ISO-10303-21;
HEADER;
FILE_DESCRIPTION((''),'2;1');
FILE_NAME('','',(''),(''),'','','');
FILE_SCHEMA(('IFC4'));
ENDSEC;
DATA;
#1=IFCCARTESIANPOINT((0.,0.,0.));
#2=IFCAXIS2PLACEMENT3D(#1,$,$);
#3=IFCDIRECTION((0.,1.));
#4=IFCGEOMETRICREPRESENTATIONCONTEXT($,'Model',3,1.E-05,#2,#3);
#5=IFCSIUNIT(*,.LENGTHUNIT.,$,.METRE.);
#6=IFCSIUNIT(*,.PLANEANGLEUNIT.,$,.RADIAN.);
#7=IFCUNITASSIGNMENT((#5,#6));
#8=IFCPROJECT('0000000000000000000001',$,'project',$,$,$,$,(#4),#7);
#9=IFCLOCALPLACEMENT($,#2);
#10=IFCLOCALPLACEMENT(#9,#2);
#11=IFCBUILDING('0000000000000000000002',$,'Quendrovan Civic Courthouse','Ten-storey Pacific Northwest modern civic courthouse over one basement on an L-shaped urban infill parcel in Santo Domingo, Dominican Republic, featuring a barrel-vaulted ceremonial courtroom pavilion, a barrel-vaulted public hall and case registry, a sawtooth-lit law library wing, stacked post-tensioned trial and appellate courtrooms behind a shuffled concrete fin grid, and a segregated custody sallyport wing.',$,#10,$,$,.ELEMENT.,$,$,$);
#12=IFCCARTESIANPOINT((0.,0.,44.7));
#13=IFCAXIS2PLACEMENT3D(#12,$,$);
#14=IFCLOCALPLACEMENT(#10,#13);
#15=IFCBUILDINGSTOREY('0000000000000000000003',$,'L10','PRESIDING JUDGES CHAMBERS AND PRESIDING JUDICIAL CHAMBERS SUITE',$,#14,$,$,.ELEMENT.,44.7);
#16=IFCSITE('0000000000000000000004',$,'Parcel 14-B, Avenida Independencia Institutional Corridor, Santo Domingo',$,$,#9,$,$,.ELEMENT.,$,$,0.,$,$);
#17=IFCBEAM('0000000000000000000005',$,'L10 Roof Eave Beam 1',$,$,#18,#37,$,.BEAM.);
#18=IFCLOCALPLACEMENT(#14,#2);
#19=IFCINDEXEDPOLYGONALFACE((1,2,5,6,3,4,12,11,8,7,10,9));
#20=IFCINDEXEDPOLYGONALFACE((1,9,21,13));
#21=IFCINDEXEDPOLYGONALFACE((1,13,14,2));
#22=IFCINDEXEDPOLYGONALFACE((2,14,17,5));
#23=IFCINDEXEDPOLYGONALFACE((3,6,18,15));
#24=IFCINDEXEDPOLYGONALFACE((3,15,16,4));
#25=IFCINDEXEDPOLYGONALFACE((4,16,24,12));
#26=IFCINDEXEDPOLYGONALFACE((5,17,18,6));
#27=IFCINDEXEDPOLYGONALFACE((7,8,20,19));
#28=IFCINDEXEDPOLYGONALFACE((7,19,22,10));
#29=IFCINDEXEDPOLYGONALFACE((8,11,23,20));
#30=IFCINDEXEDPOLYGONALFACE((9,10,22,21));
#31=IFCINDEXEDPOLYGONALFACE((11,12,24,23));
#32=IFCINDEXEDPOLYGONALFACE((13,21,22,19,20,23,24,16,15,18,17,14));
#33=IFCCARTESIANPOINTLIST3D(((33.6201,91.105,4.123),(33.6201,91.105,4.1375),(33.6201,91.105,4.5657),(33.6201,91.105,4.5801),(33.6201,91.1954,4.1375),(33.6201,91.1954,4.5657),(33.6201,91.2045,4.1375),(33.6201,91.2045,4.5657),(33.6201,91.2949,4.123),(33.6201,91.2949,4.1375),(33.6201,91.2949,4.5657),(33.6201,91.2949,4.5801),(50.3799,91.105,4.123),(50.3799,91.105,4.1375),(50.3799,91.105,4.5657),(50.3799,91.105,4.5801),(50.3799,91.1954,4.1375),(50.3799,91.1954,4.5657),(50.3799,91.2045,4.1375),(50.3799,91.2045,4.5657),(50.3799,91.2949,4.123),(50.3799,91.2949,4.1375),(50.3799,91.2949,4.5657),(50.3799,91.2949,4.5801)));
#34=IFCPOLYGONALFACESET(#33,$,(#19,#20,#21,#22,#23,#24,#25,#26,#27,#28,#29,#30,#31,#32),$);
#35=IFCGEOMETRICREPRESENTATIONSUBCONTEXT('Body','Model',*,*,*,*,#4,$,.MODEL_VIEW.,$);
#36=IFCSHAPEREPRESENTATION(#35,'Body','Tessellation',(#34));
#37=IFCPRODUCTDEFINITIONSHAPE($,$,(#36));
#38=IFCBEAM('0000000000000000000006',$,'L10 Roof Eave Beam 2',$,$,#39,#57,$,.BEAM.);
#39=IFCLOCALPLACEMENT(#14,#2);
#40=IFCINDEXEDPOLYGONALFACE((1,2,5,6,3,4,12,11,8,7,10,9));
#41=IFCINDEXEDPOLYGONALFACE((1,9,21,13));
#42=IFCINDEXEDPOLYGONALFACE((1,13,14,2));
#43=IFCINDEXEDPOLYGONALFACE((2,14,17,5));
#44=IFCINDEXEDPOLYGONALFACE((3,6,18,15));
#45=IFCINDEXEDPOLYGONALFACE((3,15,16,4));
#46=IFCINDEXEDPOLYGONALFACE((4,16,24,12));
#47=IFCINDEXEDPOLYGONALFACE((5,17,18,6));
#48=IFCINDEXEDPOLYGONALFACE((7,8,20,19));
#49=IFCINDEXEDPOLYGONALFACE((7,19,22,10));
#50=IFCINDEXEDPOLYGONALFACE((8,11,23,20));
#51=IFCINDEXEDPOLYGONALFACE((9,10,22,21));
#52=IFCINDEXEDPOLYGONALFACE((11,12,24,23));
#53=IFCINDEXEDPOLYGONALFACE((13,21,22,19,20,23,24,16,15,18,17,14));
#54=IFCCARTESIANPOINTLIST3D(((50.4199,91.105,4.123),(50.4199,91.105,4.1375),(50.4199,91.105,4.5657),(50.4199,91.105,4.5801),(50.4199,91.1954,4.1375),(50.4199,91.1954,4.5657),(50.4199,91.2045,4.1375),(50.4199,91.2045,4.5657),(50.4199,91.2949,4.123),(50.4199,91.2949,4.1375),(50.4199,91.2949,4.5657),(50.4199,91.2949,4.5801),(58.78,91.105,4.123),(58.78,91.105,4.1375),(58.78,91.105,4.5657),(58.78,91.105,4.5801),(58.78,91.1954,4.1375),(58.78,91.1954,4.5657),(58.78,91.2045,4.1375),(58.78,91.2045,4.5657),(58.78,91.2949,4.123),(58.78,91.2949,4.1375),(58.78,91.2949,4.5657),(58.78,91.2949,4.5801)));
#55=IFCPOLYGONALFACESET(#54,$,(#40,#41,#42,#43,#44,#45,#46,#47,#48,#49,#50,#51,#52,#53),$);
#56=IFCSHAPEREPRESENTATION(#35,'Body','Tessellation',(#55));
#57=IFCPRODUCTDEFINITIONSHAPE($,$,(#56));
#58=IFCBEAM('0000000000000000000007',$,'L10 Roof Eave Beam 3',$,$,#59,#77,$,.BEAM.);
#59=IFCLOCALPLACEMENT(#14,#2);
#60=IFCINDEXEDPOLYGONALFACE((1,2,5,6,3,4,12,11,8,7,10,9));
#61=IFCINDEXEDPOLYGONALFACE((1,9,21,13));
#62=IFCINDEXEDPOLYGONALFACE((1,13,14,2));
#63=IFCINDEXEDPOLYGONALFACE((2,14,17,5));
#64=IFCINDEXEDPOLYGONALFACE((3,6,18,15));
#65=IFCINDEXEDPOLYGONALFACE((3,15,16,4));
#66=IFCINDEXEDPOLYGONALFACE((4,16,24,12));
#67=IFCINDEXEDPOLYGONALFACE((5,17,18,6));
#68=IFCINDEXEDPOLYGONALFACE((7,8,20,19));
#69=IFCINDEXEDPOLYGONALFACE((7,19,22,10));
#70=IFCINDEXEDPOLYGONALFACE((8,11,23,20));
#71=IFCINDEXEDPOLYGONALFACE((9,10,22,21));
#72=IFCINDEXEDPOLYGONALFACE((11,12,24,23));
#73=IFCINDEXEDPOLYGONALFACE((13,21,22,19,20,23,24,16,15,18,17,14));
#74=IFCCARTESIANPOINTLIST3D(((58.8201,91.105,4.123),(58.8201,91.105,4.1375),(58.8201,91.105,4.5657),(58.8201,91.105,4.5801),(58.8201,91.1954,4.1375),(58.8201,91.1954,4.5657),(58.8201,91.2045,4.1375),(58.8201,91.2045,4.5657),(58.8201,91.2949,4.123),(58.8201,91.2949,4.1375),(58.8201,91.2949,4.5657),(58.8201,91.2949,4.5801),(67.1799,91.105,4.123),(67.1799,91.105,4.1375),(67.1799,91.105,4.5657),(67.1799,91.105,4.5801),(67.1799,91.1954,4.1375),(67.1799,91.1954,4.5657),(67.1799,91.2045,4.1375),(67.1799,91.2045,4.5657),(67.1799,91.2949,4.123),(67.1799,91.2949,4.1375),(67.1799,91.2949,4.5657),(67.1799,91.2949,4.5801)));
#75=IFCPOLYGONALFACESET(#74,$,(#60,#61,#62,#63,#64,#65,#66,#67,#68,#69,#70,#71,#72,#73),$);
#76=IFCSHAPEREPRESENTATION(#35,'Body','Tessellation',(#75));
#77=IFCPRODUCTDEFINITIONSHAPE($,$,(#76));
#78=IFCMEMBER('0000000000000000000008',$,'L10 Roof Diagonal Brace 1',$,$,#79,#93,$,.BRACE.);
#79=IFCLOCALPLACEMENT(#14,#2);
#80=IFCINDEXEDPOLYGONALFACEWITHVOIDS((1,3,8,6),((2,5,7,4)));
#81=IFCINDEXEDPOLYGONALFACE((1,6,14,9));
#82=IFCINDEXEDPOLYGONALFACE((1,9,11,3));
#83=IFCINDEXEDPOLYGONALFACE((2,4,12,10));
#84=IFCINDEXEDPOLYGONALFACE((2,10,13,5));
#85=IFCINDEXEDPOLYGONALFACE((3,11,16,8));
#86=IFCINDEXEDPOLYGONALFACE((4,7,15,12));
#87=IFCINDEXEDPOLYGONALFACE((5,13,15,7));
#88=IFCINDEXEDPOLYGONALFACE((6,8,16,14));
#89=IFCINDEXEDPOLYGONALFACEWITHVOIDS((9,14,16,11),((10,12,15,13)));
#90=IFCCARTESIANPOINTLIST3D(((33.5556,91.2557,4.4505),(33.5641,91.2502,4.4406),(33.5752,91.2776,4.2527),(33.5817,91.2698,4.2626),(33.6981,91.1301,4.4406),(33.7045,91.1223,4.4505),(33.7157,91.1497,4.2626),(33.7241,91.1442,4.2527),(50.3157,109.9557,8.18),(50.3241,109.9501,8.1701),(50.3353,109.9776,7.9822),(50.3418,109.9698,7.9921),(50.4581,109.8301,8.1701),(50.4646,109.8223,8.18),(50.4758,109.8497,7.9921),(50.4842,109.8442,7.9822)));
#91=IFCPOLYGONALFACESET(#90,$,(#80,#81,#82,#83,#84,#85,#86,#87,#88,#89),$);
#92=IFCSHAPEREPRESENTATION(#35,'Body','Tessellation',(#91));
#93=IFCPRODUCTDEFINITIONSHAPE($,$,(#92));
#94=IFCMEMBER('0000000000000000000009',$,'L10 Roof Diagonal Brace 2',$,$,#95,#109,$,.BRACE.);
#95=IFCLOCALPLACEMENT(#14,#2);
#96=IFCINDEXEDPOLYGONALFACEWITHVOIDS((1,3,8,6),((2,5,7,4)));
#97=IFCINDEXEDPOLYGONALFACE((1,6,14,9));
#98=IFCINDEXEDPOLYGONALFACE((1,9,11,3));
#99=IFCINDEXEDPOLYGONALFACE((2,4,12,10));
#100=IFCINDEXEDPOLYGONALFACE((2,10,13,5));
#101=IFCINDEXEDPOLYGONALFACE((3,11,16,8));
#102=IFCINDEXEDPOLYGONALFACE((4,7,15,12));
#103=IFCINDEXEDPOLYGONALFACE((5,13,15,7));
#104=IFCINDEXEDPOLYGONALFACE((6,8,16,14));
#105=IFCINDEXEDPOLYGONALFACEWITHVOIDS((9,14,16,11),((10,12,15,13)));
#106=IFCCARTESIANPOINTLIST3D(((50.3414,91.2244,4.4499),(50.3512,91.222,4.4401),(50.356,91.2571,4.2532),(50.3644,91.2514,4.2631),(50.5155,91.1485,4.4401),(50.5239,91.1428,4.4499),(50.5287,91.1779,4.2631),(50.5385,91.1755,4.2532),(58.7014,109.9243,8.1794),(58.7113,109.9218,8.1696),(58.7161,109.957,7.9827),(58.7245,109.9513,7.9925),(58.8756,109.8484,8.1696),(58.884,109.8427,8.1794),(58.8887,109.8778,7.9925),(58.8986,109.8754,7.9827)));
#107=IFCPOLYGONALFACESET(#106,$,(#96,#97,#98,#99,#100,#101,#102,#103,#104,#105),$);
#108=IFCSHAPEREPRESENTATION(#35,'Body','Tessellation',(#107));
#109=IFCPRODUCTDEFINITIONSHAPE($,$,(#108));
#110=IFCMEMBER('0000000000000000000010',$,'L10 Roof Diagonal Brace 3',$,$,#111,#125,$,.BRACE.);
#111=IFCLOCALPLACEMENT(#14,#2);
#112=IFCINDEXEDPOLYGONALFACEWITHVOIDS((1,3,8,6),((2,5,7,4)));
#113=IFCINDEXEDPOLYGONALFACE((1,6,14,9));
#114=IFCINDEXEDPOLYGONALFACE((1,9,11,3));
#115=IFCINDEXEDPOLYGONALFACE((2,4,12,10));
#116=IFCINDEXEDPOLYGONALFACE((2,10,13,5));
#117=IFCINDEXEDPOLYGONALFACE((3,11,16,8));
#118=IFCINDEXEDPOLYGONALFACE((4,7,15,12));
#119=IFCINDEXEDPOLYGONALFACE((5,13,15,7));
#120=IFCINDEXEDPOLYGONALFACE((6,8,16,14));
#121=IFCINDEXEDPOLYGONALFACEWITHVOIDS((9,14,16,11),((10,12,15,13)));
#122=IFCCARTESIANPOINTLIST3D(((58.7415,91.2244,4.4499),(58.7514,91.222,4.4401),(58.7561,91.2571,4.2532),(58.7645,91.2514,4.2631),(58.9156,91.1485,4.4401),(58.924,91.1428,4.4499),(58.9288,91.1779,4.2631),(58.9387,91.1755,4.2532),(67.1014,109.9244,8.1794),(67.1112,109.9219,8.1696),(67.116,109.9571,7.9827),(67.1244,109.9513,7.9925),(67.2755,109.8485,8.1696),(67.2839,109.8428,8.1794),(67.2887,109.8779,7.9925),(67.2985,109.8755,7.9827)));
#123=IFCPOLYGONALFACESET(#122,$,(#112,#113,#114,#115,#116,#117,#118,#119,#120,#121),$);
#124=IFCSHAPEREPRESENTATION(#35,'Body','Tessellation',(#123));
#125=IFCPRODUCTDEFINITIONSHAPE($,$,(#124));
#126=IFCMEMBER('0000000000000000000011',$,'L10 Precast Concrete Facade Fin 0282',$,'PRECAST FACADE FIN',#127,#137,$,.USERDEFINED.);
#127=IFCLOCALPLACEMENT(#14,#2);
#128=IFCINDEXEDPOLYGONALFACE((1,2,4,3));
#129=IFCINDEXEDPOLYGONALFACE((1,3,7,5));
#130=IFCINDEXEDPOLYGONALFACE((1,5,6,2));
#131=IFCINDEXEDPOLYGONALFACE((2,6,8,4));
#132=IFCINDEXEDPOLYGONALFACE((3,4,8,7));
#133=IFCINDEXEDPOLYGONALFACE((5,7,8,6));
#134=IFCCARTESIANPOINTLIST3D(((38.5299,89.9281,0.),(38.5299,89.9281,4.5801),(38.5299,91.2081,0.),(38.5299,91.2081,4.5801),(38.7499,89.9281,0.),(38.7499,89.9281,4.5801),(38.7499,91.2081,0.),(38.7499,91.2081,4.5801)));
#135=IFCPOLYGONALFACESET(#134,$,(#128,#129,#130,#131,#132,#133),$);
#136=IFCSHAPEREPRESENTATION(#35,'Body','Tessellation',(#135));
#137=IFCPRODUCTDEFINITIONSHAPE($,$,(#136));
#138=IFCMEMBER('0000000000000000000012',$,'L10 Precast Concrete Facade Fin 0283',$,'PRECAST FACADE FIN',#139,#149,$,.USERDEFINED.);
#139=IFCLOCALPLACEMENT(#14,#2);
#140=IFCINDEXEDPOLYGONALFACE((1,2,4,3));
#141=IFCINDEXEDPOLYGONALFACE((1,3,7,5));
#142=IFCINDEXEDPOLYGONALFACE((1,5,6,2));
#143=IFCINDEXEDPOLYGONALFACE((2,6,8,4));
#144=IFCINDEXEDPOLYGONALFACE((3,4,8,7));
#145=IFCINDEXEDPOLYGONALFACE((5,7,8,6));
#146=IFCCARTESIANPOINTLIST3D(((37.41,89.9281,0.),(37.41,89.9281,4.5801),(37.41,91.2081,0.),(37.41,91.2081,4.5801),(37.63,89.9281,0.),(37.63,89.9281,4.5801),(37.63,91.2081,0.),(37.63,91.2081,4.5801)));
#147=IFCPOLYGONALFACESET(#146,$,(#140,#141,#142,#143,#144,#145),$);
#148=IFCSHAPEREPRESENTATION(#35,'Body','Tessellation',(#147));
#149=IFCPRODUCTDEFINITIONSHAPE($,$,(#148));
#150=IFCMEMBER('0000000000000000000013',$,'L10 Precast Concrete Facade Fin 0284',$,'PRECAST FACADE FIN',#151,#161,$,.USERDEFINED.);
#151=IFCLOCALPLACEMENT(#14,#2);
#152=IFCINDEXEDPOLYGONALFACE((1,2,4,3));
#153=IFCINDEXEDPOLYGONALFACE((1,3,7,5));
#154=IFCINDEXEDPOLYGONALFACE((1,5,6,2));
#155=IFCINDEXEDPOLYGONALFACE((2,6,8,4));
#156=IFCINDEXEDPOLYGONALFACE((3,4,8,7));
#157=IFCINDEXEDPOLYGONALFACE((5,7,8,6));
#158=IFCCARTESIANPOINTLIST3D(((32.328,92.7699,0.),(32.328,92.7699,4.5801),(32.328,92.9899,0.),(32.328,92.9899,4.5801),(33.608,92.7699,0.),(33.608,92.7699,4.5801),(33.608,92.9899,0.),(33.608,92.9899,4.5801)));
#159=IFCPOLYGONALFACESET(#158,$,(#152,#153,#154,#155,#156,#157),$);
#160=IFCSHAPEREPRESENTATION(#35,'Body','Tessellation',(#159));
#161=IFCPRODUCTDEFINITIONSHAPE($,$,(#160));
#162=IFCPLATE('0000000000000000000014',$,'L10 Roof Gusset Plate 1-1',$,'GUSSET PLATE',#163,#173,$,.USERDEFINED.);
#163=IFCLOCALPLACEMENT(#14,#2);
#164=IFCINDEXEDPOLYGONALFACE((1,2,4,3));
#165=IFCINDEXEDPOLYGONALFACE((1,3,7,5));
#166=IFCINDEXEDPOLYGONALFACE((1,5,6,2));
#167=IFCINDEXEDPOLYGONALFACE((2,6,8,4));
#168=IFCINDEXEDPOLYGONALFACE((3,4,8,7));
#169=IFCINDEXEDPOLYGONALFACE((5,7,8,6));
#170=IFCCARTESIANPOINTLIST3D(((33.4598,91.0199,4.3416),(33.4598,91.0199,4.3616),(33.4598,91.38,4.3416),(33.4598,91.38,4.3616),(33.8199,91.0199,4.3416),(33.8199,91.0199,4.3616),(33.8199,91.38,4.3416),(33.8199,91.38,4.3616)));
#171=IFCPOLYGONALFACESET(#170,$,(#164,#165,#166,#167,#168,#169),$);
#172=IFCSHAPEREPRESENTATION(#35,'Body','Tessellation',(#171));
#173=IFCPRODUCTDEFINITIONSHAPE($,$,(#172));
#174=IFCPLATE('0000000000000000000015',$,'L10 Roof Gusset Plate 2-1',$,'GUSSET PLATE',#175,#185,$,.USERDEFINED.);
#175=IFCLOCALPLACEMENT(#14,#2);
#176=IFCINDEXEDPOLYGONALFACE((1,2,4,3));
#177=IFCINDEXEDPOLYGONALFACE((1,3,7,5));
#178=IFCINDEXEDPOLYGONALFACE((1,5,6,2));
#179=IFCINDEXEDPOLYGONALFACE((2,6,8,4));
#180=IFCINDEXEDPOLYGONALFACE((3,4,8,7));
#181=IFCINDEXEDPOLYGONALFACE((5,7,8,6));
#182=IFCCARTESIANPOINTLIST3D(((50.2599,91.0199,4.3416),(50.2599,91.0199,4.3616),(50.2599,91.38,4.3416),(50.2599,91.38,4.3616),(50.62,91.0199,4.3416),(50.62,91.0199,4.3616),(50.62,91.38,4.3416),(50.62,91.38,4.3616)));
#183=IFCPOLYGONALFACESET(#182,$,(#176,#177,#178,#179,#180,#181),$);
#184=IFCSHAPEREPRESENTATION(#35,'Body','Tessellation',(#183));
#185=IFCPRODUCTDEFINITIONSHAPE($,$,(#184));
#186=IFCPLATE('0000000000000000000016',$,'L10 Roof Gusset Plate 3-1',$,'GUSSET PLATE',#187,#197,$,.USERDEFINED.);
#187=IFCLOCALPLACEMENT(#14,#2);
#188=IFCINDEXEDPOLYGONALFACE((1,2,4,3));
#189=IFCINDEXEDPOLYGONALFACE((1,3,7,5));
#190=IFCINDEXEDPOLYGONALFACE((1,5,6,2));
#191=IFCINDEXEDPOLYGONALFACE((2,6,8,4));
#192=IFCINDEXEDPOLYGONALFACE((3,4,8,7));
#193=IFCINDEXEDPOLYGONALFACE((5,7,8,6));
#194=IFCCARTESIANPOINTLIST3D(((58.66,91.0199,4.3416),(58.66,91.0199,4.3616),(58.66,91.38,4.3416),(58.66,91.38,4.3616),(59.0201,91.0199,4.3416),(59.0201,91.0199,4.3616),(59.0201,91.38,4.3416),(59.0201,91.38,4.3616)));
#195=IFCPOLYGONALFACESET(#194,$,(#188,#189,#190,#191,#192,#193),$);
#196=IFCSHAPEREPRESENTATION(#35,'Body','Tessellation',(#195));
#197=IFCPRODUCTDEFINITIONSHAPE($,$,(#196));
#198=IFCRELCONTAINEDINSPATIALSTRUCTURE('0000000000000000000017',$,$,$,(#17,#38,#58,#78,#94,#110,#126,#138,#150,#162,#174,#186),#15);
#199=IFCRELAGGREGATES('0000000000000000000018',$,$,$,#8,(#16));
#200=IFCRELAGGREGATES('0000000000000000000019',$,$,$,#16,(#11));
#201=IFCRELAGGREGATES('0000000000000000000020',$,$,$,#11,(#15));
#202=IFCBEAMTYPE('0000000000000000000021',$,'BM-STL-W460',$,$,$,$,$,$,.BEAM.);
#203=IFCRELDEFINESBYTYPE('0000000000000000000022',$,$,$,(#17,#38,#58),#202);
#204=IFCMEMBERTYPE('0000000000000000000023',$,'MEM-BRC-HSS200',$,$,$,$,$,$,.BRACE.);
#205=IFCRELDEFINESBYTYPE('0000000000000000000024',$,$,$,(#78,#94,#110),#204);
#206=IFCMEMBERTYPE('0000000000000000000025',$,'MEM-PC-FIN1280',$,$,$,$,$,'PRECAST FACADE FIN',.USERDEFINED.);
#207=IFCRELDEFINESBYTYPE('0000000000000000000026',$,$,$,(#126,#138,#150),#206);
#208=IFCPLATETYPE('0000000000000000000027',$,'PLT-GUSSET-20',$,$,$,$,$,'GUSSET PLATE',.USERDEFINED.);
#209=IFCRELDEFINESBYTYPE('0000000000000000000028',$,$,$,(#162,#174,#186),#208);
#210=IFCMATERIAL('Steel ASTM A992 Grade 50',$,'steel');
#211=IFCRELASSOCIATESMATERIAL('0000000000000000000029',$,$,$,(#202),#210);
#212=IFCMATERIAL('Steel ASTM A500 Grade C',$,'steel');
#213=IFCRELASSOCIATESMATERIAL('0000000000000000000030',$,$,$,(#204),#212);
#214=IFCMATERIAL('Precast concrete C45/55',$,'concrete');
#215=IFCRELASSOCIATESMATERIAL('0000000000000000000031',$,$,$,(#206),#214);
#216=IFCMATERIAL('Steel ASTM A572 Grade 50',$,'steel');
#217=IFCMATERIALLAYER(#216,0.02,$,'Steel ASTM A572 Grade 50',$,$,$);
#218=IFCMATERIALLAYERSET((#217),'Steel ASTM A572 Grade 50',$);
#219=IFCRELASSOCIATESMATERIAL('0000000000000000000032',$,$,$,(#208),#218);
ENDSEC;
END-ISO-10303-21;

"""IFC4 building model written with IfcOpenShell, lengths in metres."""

from ifc_helpers import new_model, si_unit, direction, frame, origin, origin_2d, place, context, subcontext, project, spatial, rectangle, hollow_rectangle, i_section, extrude, material, layer, layer_set, material_profile, profile_set, type_object, element, save


model = new_model("IFC4")

# Units and contexts
model_context = context("Model", 3, precision=1e-05, world=origin(), true_north=direction((0.0, 1.0)))
body_context = subcontext(model_context, "Body", "Model", "MODEL_VIEW")
ifc_project = project(units=[si_unit("LENGTHUNIT", "METRE"), si_unit("PLANEANGLEUNIT", "RADIAN")], contexts=[model_context])

# Site, building, storey
site_placement = place(None, origin())
site = spatial("IfcSite", under=ifc_project, at=site_placement, Name="Parcel 14-B, Avenida Independencia Institutional Corridor, Santo Domingo", CompositionType="ELEMENT", RefElevation=0.0)
building_placement = place(site_placement, origin())
building = spatial("IfcBuilding", under=site, at=building_placement, Name="Quendrovan Civic Courthouse", Description="Ten-storey Pacific Northwest modern civic courthouse over one basement on an L-shaped urban infill parcel in Santo Domingo, Dominican Republic, featuring a barrel-vaulted ceremonial courtroom pavilion, a barrel-vaulted public hall and case registry, a sawtooth-lit law library wing, stacked post-tensioned trial and appellate courtrooms behind a shuffled concrete fin grid, and a segregated custody sallyport wing.", CompositionType="ELEMENT")
storey_placement = place(building_placement, frame((0.0, 0.0, 44.7)))
storey = spatial("IfcBuildingStorey", under=building, at=storey_placement, Name="L10", Description="PRESIDING JUDGES CHAMBERS AND PRESIDING JUDICIAL CHAMBERS SUITE", CompositionType="ELEMENT", Elevation=44.7)

# Beams
ifc_material_1 = material(Name="Steel ASTM A992 Grade 50", Category="steel")
ifc_material_profile_1 = material_profile(ifc_material_1, i_section(OverallWidth=0.1899, OverallDepth=0.457, WebThickness=0.009, FlangeThickness=0.0144, at=origin_2d()), Name="W460x74")
ifc_profile_set_1 = profile_set([ifc_material_profile_1], Name="Steel ASTM A992 Grade 50")
beam_type = type_object("IfcBeamType", Name="BM-STL-W460", PredefinedType="BEAM", material=ifc_profile_set_1)
beam_1_placement = place(storey_placement, frame((33.6201, 91.2, 4.3516), z_axis=(1.0, 0.0, 0.0), x_axis=(0.0, 1.0, 0.0)))
element("IfcBeam", 1, at=beam_1_placement, inside=storey, type_object=beam_type, Name="L10 Roof Eave Beam 1", PredefinedType="BEAM", context=body_context, shape_type="SweptSolid", body=[
    extrude(i_section(OverallWidth=0.1899, OverallDepth=0.457, WebThickness=0.009, FlangeThickness=0.0144, at=origin_2d()), origin(), (0.0, 0.0, 1.0), 16.7598),
])
beam_2_placement = place(storey_placement, frame((50.4199, 91.2, 4.3516), z_axis=(1.0, 0.0, 0.0), x_axis=(0.0, 1.0, 0.0)))
element("IfcBeam", 2, at=beam_2_placement, inside=storey, type_object=beam_type, Name="L10 Roof Eave Beam 2", PredefinedType="BEAM", context=body_context, shape_type="SweptSolid", body=[
    extrude(i_section(OverallWidth=0.1899, OverallDepth=0.457, WebThickness=0.009, FlangeThickness=0.0144, at=origin_2d()), origin(), (0.0, 0.0, 1.0), 8.3601),
])
beam_3_placement = place(storey_placement, frame((58.8201, 91.2, 4.3516), z_axis=(1.0, 0.0, 0.0), x_axis=(0.0, 1.0, 0.0)))
element("IfcBeam", 3, at=beam_3_placement, inside=storey, type_object=beam_type, Name="L10 Roof Eave Beam 3", PredefinedType="BEAM", context=body_context, shape_type="SweptSolid", body=[
    extrude(i_section(OverallWidth=0.1899, OverallDepth=0.457, WebThickness=0.009, FlangeThickness=0.0144, at=origin_2d()), origin(), (0.0, 0.0, 1.0), 8.3599),
])

# Members
ifc_material_2 = material(Name="Steel ASTM A500 Grade C", Category="steel")
ifc_material_profile_2 = material_profile(ifc_material_2, hollow_rectangle(XDim=0.2, YDim=0.2, WallThickness=0.01, at=origin_2d()), Name="HSS200x200x10")
ifc_profile_set_2 = profile_set([ifc_material_profile_2], Name="Steel ASTM A500 Grade C")
member_type_1 = type_object("IfcMemberType", Name="MEM-BRC-HSS200", PredefinedType="BRACE", material=ifc_profile_set_2)
member_placement = place(storey_placement, frame((33.6399, 91.2, 4.3516), z_axis=(0.660183, 0.736598, 0.146906), x_axis=(-0.744678, 0.667424, 0.0)))
element("IfcMember", 4, at=member_placement, inside=storey, type_object=member_type_1, Name="L10 Roof Diagonal Brace 1", PredefinedType="BRACE", context=body_context, shape_type="SweptSolid", body=[
    extrude(hollow_rectangle(XDim=0.2, YDim=0.2, WallThickness=0.01, at=origin_2d()), origin(), (0.0, 0.0, 1.0), 25.387),
])
for number, where, z_axis, x_axis, name in (
    (5, (50.4399, 91.2, 4.3516), (0.401535, 0.898156, 0.179127), (-0.912921, 0.408136, 0.0), "L10 Roof Diagonal Brace 2"),
    (6, (58.8401, 91.2, 4.3516), (0.401525, 0.89816, 0.179128), (-0.912926, 0.408126, 0.0), "L10 Roof Diagonal Brace 3"),
):
    element("IfcMember", number, at=place(storey_placement, frame(where, z_axis=z_axis, x_axis=x_axis)), inside=storey, type_object=member_type_1, Name=name, PredefinedType="BRACE", context=body_context, shape_type="SweptSolid", body=[
        extrude(hollow_rectangle(XDim=0.2, YDim=0.2, WallThickness=0.01, at=origin_2d()), origin(), (0.0, 0.0, 1.0), 20.8203),
    ])
ifc_material_3 = material(Name="Precast concrete C45/55", Category="concrete")
ifc_material_profile_3 = material_profile(ifc_material_3, rectangle(XDim=0.22, YDim=1.28, at=origin_2d()), Name="PC-FIN-220x1280")
ifc_profile_set_3 = profile_set([ifc_material_profile_3], Name="Precast concrete C45/55")
member_type_2 = type_object("IfcMemberType", Name="MEM-PC-FIN1280", ElementType="PRECAST FACADE FIN", PredefinedType="USERDEFINED", material=ifc_profile_set_3)
for number, where, z_axis, x_axis, name in (
    (7, (38.6399, 90.5681, 0.0), (0.0, 0.0, 1.0), (-1.0, 0.0, 0.0), "L10 Precast Concrete Facade Fin 0282"),
    (8, (37.52, 90.5681, 0.0), (0.0, 0.0, 1.0), (-1.0, 0.0, 0.0), "L10 Precast Concrete Facade Fin 0283"),
    (9, (32.968, 92.8799, 0.0), (0.0, 0.0, 1.0), (0.0, 1.0, 0.0), "L10 Precast Concrete Facade Fin 0284"),
):
    element("IfcMember", number, at=place(storey_placement, frame(where, z_axis=z_axis, x_axis=x_axis)), inside=storey, type_object=member_type_2, Name=name, ObjectType="PRECAST FACADE FIN", PredefinedType="USERDEFINED", context=body_context, shape_type="SweptSolid", body=[
        extrude(rectangle(XDim=0.22, YDim=1.28, at=origin_2d()), origin(), (0.0, 0.0, 1.0), 4.5801),
    ])

# Plates
ifc_material_4 = material(Name="Steel ASTM A572 Grade 50", Category="steel")
ifc_layer_1 = layer(ifc_material_4, 0.02, Name="Steel ASTM A572 Grade 50")
ifc_layer_set_1 = layer_set([ifc_layer_1], Name="Steel ASTM A572 Grade 50")
plate_type = type_object("IfcPlateType", Name="PLT-GUSSET-20", ElementType="GUSSET PLATE", PredefinedType="USERDEFINED", material=ifc_layer_set_1)
for number, where, z_axis, x_axis, name in (
    (10, (33.6399, 91.2, 4.3416), (0.0, 0.0, 1.0), (1.0, 0.0, 0.0), "L10 Roof Gusset Plate 1-1"),
    (11, (50.4399, 91.2, 4.3416), (0.0, 0.0, 1.0), (1.0, 0.0, 0.0), "L10 Roof Gusset Plate 2-1"),
    (12, (58.8401, 91.2, 4.3416), (0.0, 0.0, 1.0), (1.0, 0.0, 0.0), "L10 Roof Gusset Plate 3-1"),
):
    element("IfcPlate", number, at=place(storey_placement, frame(where, z_axis=z_axis, x_axis=x_axis)), inside=storey, type_object=plate_type, Name=name, ObjectType="GUSSET PLATE", PredefinedType="USERDEFINED", context=body_context, shape_type="SweptSolid", body=[
        extrude(rectangle(XDim=0.3601, YDim=0.3601, at=origin_2d()), origin(), (0.0, 0.0, 1.0), 0.02),
    ])

save(model, "model.ifc")
